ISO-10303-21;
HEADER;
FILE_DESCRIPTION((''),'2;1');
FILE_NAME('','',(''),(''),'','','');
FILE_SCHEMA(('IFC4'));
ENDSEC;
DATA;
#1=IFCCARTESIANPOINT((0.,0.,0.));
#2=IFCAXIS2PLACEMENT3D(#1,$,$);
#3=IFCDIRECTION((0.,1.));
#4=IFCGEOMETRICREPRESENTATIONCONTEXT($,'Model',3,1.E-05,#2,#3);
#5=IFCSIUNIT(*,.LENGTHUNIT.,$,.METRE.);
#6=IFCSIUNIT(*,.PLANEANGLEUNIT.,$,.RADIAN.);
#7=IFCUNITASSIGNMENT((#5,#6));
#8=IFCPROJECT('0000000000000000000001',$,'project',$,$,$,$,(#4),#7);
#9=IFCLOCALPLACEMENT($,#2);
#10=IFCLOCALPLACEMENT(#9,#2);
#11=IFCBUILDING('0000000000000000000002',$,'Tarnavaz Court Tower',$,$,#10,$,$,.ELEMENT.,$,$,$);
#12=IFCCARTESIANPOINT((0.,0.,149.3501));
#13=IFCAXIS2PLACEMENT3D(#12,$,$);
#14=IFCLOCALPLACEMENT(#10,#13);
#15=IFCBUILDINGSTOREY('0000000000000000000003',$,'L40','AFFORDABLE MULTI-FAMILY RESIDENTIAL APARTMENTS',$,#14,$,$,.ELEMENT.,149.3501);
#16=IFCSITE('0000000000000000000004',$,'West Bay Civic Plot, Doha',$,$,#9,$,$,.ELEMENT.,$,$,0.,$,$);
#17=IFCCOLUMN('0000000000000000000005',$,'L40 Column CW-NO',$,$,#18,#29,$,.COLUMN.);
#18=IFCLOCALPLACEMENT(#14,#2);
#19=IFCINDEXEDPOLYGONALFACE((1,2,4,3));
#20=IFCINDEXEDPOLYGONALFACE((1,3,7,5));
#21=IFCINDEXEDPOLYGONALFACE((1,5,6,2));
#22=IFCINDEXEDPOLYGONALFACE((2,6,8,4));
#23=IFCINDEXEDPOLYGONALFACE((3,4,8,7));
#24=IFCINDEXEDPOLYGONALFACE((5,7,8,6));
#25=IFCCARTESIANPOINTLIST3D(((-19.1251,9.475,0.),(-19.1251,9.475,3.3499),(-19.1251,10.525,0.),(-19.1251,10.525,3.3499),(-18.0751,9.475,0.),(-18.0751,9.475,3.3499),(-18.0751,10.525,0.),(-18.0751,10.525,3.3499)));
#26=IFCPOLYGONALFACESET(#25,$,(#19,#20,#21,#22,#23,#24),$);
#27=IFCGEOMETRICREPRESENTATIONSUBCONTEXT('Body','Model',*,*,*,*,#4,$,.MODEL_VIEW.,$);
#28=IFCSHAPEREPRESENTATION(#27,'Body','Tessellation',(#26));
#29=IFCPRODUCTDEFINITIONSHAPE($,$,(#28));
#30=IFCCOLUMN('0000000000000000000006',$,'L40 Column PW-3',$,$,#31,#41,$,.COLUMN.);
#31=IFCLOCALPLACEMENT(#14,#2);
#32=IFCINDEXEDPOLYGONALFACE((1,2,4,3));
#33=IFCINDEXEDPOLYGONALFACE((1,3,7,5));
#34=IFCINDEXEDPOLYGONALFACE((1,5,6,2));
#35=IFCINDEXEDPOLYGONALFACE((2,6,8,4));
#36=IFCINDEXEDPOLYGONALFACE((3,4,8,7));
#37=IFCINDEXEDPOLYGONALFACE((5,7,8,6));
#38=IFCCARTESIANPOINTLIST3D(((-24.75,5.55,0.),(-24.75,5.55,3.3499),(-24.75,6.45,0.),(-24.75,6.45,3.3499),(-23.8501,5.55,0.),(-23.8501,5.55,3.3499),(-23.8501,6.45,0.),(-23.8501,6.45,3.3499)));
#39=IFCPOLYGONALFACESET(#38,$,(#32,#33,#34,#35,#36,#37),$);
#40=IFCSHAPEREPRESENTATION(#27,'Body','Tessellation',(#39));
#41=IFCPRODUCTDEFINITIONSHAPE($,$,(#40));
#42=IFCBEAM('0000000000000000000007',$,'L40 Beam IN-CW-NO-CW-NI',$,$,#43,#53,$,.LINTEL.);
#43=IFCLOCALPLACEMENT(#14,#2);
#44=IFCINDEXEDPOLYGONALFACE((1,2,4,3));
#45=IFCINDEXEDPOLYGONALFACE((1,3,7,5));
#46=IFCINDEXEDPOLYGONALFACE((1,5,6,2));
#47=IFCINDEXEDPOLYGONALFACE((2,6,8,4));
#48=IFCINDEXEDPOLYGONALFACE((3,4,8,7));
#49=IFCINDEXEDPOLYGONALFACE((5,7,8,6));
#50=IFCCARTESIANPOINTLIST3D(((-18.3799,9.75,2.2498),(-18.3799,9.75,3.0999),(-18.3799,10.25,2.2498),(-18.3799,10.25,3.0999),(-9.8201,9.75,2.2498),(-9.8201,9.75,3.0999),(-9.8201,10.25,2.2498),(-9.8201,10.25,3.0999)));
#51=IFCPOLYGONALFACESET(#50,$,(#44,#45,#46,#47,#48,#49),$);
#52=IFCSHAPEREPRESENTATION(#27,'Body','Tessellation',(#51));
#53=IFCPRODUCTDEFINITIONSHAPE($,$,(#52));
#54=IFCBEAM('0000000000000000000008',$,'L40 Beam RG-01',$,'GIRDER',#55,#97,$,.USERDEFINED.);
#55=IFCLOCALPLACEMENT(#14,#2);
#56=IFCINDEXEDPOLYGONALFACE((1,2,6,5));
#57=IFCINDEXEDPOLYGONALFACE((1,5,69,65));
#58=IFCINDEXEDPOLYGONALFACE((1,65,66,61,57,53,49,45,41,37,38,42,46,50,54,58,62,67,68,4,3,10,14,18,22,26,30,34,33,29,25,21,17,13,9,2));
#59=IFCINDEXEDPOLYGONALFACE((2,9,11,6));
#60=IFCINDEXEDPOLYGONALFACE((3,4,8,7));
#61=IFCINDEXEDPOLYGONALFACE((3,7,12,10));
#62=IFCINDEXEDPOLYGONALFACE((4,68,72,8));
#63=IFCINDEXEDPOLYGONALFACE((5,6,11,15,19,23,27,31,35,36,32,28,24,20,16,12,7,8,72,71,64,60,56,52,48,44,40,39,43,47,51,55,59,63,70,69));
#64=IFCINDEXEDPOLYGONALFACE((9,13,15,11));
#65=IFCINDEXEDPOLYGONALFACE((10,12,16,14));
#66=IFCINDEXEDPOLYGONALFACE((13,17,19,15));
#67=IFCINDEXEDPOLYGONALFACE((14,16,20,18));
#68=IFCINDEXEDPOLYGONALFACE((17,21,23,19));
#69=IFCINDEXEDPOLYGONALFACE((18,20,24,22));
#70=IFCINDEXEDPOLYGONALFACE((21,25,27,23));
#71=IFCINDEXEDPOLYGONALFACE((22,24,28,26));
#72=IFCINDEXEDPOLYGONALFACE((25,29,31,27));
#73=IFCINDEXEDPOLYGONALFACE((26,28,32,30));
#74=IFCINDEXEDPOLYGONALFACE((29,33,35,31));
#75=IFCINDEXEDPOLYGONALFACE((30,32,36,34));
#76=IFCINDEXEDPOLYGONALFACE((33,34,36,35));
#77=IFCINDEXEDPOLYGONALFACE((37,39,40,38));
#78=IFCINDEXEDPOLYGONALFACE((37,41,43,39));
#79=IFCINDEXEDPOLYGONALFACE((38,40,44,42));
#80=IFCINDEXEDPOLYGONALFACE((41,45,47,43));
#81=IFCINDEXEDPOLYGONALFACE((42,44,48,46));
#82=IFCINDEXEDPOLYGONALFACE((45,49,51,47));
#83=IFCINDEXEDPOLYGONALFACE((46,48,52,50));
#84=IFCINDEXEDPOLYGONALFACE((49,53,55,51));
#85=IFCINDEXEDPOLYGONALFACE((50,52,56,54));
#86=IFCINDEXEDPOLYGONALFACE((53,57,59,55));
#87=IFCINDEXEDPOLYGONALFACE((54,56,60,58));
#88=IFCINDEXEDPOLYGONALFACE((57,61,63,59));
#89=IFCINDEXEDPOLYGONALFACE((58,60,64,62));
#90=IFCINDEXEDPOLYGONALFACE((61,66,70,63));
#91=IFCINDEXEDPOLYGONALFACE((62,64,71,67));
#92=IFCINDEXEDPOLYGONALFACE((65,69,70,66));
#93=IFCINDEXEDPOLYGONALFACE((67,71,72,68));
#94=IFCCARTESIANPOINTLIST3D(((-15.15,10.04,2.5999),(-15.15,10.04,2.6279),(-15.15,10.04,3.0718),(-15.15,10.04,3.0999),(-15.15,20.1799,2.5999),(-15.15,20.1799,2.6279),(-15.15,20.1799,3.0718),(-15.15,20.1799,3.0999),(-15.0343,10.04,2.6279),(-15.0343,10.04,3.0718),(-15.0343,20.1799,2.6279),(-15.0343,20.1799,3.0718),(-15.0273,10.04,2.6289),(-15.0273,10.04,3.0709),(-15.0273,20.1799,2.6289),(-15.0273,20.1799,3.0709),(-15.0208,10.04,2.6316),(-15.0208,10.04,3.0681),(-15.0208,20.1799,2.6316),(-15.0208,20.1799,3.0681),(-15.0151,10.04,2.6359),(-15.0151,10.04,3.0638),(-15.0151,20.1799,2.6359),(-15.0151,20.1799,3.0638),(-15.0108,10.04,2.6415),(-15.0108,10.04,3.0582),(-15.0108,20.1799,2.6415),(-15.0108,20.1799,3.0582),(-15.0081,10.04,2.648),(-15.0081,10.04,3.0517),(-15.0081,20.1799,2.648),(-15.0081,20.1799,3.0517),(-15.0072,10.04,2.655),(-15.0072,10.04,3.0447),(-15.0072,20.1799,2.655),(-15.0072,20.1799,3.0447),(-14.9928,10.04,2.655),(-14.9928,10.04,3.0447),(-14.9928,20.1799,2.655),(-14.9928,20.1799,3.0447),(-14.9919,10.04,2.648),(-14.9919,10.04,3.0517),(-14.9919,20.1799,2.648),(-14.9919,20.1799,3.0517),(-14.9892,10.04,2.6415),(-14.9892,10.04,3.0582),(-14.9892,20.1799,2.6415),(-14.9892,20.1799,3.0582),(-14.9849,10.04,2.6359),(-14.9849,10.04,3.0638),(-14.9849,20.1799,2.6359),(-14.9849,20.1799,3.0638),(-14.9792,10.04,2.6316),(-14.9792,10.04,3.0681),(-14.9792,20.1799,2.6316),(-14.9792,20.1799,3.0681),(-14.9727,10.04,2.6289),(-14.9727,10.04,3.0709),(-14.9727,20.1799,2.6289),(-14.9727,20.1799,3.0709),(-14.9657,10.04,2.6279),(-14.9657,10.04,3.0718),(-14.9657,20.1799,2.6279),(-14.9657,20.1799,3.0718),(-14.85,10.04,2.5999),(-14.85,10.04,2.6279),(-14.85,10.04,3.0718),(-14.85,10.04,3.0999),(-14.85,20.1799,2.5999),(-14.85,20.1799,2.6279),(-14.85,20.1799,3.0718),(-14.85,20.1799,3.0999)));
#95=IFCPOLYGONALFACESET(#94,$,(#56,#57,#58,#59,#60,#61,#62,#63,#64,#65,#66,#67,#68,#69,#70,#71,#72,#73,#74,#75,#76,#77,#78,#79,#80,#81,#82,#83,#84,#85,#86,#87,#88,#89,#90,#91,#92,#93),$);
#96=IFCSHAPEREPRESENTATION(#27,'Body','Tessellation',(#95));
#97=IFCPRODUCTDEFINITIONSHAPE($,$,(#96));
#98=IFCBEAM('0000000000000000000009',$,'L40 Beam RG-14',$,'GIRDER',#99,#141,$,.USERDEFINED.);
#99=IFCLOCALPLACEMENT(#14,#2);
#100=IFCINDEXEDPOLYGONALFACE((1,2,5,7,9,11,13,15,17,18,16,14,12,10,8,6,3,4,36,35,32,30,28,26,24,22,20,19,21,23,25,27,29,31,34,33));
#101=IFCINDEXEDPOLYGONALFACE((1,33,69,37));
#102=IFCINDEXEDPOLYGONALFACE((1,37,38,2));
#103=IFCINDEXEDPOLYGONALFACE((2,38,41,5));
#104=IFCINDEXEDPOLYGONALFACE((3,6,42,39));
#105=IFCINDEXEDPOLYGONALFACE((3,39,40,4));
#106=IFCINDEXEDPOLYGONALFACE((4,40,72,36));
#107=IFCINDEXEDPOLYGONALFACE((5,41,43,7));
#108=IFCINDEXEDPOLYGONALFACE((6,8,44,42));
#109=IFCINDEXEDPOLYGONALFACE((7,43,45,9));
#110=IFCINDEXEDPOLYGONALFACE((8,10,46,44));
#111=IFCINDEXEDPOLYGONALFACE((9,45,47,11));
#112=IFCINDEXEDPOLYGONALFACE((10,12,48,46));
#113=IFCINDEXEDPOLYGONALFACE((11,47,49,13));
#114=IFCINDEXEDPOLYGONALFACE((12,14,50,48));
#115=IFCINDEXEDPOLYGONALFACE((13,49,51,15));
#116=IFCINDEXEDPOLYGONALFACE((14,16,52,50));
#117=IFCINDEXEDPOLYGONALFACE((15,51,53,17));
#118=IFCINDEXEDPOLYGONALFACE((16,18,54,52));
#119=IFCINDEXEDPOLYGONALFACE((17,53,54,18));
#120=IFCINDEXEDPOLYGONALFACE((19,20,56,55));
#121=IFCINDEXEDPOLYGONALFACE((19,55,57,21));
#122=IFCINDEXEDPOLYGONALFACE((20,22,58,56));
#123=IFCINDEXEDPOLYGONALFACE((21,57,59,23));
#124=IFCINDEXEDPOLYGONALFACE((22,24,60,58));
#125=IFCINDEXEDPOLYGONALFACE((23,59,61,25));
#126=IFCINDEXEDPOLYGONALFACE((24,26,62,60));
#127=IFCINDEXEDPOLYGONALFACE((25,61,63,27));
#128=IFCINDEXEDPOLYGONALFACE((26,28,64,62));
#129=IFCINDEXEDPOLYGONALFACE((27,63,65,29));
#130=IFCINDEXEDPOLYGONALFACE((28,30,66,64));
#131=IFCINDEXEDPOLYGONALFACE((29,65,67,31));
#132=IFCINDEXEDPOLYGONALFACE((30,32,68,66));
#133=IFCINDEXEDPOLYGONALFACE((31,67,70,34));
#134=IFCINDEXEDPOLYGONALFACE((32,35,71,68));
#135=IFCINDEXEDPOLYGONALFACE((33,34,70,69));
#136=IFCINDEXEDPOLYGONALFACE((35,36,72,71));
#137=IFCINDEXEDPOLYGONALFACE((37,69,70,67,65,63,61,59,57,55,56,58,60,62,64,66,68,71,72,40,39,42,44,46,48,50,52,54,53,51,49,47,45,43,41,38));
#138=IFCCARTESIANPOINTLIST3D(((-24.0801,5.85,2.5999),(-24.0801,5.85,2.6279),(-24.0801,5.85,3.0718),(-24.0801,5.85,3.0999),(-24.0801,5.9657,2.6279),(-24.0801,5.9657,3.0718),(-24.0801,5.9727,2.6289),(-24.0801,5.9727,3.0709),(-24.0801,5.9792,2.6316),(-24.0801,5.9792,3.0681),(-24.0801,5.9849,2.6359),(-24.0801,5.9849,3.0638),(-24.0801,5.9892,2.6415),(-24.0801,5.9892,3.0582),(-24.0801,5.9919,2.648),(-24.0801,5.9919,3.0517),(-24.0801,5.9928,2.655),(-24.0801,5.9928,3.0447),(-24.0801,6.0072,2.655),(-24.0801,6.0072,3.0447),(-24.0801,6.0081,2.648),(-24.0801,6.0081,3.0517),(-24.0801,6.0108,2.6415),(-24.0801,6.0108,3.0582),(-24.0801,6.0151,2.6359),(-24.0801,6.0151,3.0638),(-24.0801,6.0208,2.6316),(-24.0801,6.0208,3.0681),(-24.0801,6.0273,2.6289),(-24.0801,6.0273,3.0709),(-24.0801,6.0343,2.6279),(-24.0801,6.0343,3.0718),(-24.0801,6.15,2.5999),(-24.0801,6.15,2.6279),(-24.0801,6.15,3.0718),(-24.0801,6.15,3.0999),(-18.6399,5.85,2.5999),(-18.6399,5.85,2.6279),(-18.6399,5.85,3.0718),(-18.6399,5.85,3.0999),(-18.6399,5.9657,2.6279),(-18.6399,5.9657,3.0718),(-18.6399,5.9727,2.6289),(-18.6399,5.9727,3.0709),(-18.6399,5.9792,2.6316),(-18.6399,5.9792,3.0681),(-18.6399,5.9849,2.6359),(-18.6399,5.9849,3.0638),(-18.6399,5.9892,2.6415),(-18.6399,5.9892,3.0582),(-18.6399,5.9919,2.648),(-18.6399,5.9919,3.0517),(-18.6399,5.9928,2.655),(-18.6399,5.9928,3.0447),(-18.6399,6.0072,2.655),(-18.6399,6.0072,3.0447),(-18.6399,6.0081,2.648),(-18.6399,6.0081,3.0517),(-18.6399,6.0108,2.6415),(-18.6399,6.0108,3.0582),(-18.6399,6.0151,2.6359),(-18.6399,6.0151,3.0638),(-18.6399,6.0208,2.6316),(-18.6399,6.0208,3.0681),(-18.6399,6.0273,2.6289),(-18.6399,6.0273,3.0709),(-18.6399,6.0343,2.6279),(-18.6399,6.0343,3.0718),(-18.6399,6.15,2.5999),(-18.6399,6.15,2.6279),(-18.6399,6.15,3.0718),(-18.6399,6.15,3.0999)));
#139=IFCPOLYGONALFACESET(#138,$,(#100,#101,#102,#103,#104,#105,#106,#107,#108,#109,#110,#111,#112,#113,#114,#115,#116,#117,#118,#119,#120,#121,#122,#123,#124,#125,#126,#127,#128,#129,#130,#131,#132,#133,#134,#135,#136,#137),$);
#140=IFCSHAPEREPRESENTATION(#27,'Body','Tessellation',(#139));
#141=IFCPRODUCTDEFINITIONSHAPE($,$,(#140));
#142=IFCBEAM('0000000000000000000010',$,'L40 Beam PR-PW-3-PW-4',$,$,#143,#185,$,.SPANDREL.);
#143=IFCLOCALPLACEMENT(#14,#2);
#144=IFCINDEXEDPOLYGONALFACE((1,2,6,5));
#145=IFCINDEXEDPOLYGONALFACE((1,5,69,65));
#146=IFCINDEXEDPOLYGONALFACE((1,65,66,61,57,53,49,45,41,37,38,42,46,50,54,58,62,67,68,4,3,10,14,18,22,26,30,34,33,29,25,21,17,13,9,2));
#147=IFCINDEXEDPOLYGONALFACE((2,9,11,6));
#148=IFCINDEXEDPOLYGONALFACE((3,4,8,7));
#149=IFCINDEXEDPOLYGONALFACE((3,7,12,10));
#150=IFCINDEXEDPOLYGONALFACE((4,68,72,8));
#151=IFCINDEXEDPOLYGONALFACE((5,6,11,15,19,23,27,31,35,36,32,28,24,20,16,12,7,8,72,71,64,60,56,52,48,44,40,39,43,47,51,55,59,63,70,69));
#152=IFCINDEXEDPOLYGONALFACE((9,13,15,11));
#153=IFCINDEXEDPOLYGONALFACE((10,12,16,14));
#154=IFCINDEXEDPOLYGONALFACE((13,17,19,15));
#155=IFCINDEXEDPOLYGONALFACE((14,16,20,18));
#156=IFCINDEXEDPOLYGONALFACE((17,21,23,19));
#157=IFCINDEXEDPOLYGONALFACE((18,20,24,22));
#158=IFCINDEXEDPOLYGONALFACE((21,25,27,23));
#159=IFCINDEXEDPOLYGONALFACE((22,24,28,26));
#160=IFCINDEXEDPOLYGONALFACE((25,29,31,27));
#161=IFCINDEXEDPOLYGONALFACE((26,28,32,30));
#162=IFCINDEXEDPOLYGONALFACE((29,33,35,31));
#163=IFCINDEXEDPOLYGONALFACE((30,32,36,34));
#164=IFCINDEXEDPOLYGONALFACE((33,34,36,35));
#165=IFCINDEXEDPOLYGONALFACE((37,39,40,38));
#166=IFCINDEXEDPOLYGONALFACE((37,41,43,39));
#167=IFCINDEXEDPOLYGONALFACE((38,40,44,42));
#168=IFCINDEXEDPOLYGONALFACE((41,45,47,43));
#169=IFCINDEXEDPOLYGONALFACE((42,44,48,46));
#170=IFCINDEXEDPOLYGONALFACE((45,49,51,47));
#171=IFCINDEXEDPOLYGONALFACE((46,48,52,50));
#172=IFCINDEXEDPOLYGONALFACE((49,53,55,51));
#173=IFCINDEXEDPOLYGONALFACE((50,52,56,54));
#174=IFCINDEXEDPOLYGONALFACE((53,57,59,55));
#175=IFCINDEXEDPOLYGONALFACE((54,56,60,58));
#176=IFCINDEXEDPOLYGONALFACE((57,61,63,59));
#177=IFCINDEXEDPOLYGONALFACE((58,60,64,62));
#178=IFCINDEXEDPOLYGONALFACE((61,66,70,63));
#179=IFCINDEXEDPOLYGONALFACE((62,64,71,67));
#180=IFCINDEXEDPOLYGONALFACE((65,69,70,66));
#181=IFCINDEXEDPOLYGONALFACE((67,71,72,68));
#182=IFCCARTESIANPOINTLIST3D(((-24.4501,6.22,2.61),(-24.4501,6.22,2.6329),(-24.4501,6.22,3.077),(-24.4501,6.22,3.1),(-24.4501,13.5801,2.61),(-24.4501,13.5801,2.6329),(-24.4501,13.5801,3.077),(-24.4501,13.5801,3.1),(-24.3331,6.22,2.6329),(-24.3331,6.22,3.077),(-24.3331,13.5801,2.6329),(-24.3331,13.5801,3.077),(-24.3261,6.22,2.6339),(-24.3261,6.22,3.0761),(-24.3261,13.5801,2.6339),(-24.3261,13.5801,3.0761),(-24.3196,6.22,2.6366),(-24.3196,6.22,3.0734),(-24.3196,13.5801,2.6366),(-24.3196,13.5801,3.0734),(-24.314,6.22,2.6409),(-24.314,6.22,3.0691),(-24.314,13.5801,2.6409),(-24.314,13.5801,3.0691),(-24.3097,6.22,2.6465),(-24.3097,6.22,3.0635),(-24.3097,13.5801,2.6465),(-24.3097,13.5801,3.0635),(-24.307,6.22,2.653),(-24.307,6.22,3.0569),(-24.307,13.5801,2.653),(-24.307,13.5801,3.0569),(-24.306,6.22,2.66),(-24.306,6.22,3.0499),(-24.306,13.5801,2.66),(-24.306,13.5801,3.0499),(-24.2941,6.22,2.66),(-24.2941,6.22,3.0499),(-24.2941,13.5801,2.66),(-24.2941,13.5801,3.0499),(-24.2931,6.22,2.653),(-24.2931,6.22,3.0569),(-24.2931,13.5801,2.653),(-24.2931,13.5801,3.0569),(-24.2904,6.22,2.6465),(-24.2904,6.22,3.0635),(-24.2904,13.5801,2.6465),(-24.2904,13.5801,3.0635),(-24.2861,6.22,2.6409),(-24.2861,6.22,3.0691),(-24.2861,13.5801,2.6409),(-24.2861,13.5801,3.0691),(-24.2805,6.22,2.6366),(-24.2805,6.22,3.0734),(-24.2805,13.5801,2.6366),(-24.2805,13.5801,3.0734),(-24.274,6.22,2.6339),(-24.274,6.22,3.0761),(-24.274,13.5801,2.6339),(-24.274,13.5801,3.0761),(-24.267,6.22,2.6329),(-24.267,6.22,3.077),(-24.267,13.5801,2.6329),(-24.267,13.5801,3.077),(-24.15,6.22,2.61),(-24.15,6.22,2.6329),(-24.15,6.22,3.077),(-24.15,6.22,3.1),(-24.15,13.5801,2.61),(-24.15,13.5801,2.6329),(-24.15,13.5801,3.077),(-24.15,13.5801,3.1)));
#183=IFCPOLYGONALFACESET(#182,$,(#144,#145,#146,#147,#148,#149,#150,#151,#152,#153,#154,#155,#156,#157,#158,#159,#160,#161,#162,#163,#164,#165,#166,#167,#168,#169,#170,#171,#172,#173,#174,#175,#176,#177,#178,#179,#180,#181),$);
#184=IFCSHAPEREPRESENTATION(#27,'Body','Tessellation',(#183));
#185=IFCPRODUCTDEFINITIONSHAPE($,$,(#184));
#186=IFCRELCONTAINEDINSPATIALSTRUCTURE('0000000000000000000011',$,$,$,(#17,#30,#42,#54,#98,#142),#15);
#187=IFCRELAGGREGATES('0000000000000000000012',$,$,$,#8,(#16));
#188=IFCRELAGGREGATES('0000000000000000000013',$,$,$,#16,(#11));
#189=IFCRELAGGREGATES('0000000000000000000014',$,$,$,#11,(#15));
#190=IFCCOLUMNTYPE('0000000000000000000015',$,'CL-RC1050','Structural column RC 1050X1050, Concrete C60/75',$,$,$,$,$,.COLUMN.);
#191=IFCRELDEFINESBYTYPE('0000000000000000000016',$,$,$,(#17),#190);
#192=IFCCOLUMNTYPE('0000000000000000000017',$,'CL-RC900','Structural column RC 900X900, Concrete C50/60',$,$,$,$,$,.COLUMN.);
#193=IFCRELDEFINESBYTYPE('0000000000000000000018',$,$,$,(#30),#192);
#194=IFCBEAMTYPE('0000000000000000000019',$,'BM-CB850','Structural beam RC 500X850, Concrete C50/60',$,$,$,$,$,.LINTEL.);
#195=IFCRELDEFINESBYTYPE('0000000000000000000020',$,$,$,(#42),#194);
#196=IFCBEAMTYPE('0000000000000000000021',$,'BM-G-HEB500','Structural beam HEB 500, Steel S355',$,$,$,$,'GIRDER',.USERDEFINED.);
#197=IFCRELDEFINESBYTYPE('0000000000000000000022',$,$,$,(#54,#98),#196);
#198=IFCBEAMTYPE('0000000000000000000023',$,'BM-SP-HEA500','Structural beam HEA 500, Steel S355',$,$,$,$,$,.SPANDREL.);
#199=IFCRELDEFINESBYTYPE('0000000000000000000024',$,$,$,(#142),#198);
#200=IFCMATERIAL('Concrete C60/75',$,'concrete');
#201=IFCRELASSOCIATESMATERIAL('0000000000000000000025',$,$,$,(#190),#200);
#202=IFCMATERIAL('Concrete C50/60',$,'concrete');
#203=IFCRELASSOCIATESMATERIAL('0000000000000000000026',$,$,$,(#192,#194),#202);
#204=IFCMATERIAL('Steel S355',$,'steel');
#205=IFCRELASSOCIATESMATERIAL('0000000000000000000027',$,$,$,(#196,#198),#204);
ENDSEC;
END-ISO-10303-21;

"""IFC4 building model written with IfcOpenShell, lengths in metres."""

from ifc_helpers import new_model, si_unit, direction, frame, origin, origin_2d, place, context, subcontext, project, spatial, rectangle, i_section, extrude, material, material_profile, profile_set, type_object, element, save


model = new_model("IFC4")

# Units and contexts
model_context = context("Model", 3, precision=1e-05, world=origin(), true_north=direction((0.0, 1.0)))
body_context = subcontext(model_context, "Body", "Model", "MODEL_VIEW")
ifc_project = project(units=[si_unit("LENGTHUNIT", "METRE"), si_unit("PLANEANGLEUNIT", "RADIAN")], contexts=[model_context])

# Site, building, storey
site_placement = place(None, origin())
site = spatial("IfcSite", under=ifc_project, at=site_placement, Name="West Bay Civic Plot, Doha", CompositionType="ELEMENT", RefElevation=0.0)
building_placement = place(site_placement, origin())
building = spatial("IfcBuilding", under=site, at=building_placement, Name="Tarnavaz Court Tower", CompositionType="ELEMENT")
storey_placement = place(building_placement, frame((0.0, 0.0, 149.3501)))
storey = spatial("IfcBuildingStorey", under=building, at=storey_placement, Name="L40", Description="AFFORDABLE MULTI-FAMILY RESIDENTIAL APARTMENTS", CompositionType="ELEMENT", Elevation=149.3501)

# Columns
ifc_material_1 = material(Name="Concrete C60/75", Category="concrete")
ifc_material_profile_1 = material_profile(ifc_material_1, rectangle(XDim=1.05, YDim=1.05, at=origin_2d()), Name="RC 1050X1050")
ifc_profile_set_1 = profile_set([ifc_material_profile_1], Name="Concrete C60/75")
column_type_1 = type_object("IfcColumnType", Name="CL-RC1050", Description="Structural column RC 1050X1050, Concrete C60/75", PredefinedType="COLUMN", material=ifc_profile_set_1)
column_1_placement = place(storey_placement, frame((-18.6001, 10.0, 0.0), z_axis=(0.0, 0.0, 1.0), x_axis=(1.0, 0.0, 0.0)))
element("IfcColumn", 1, at=column_1_placement, inside=storey, type_object=column_type_1, Name="L40 Column CW-NO", PredefinedType="COLUMN", context=body_context, shape_type="SweptSolid", body=[
    extrude(rectangle(XDim=1.05, YDim=1.05, at=origin_2d()), origin(), (0.0, 0.0, 1.0), 3.3499),
])
ifc_material_2 = material(Name="Concrete C50/60", Category="concrete")
ifc_material_profile_2 = material_profile(ifc_material_2, rectangle(XDim=0.8999, YDim=0.8999, at=origin_2d()), Name="RC 900X900")
ifc_profile_set_2 = profile_set([ifc_material_profile_2], Name="Concrete C50/60")
column_type_2 = type_object("IfcColumnType", Name="CL-RC900", Description="Structural column RC 900X900, Concrete C50/60", PredefinedType="COLUMN", material=ifc_profile_set_2)
column_2_placement = place(storey_placement, frame((-24.3, 6.0, 0.0), z_axis=(0.0, 0.0, 1.0), x_axis=(1.0, 0.0, 0.0)))
element("IfcColumn", 2, at=column_2_placement, inside=storey, type_object=column_type_2, Name="L40 Column PW-3", PredefinedType="COLUMN", context=body_context, shape_type="SweptSolid", body=[
    extrude(rectangle(XDim=0.8999, YDim=0.8999, at=origin_2d()), origin(), (0.0, 0.0, 1.0), 3.3499),
])

# Beams
ifc_material_profile_3 = material_profile(ifc_material_2, rectangle(XDim=0.5, YDim=0.8501, at=origin_2d()), Name="RC 500X850")
ifc_profile_set_3 = profile_set([ifc_material_profile_3], Name="Concrete C50/60")
beam_type_1 = type_object("IfcBeamType", Name="BM-CB850", Description="Structural beam RC 500X850, Concrete C50/60", PredefinedType="LINTEL", material=ifc_profile_set_3)
beam_1_placement = place(storey_placement, frame((-18.3799, 10.0, 2.6748), z_axis=(1.0, 0.0, 0.0), x_axis=(0.0, 1.0, 0.0)))
element("IfcBeam", 3, at=beam_1_placement, inside=storey, type_object=beam_type_1, Name="L40 Beam IN-CW-NO-CW-NI", PredefinedType="LINTEL", context=body_context, shape_type="SweptSolid", body=[
    extrude(rectangle(XDim=0.5, YDim=0.8501, at=origin_2d()), origin(), (0.0, 0.0, 1.0), 8.5598),
])
ifc_material_3 = material(Name="Steel S355", Category="steel")
ifc_material_profile_4 = material_profile(ifc_material_3, i_section(OverallWidth=0.3, OverallDepth=0.5, WebThickness=0.0144, FlangeThickness=0.0281, FilletRadius=0.0271, at=origin_2d()), Name="HEB 500")
ifc_profile_set_4 = profile_set([ifc_material_profile_4], Name="Steel S355")
beam_type_2 = type_object("IfcBeamType", Name="BM-G-HEB500", Description="Structural beam HEB 500, Steel S355", ElementType="GIRDER", PredefinedType="USERDEFINED", material=ifc_profile_set_4)
beam_2_placement = place(storey_placement, frame((-15.0, 10.04, 2.8499), z_axis=(0.0, 1.0, 0.0), x_axis=(-1.0, 0.0, 0.0)))
element("IfcBeam", 4, at=beam_2_placement, inside=storey, type_object=beam_type_2, Name="L40 Beam RG-01", ObjectType="GIRDER", PredefinedType="USERDEFINED", context=body_context, shape_type="SweptSolid", body=[
    extrude(i_section(OverallWidth=0.3, OverallDepth=0.5, WebThickness=0.0144, FlangeThickness=0.0281, FilletRadius=0.0271, at=origin_2d()), origin(), (0.0, 0.0, 1.0), 10.1399),
])
beam_3_placement = place(storey_placement, frame((-18.6399, 6.0, 2.8499), z_axis=(-1.0, 0.0, 0.0), x_axis=(0.0, -1.0, 0.0)))
element("IfcBeam", 5, at=beam_3_placement, inside=storey, type_object=beam_type_2, Name="L40 Beam RG-14", ObjectType="GIRDER", PredefinedType="USERDEFINED", context=body_context, shape_type="SweptSolid", body=[
    extrude(i_section(OverallWidth=0.3, OverallDepth=0.5, WebThickness=0.0144, FlangeThickness=0.0281, FilletRadius=0.0271, at=origin_2d()), origin(), (0.0, 0.0, 1.0), 5.4402),
])
ifc_material_profile_5 = material_profile(ifc_material_3, i_section(OverallWidth=0.3, OverallDepth=0.49, WebThickness=0.012, FlangeThickness=0.0229, FilletRadius=0.0271, at=origin_2d()), Name="HEA 500")
ifc_profile_set_5 = profile_set([ifc_material_profile_5], Name="Steel S355")
beam_type_3 = type_object("IfcBeamType", Name="BM-SP-HEA500", Description="Structural beam HEA 500, Steel S355", PredefinedType="SPANDREL", material=ifc_profile_set_5)
beam_4_placement = place(storey_placement, frame((-24.3, 6.22, 2.855), z_axis=(0.0, 1.0, 0.0), x_axis=(-1.0, 0.0, 0.0)))
element("IfcBeam", 6, at=beam_4_placement, inside=storey, type_object=beam_type_3, Name="L40 Beam PR-PW-3-PW-4", PredefinedType="SPANDREL", context=body_context, shape_type="SweptSolid", body=[
    extrude(i_section(OverallWidth=0.3, OverallDepth=0.49, WebThickness=0.012, FlangeThickness=0.0229, FilletRadius=0.0271, at=origin_2d()), origin(), (0.0, 0.0, 1.0), 7.3601),
])

save(model, "model.ifc")
